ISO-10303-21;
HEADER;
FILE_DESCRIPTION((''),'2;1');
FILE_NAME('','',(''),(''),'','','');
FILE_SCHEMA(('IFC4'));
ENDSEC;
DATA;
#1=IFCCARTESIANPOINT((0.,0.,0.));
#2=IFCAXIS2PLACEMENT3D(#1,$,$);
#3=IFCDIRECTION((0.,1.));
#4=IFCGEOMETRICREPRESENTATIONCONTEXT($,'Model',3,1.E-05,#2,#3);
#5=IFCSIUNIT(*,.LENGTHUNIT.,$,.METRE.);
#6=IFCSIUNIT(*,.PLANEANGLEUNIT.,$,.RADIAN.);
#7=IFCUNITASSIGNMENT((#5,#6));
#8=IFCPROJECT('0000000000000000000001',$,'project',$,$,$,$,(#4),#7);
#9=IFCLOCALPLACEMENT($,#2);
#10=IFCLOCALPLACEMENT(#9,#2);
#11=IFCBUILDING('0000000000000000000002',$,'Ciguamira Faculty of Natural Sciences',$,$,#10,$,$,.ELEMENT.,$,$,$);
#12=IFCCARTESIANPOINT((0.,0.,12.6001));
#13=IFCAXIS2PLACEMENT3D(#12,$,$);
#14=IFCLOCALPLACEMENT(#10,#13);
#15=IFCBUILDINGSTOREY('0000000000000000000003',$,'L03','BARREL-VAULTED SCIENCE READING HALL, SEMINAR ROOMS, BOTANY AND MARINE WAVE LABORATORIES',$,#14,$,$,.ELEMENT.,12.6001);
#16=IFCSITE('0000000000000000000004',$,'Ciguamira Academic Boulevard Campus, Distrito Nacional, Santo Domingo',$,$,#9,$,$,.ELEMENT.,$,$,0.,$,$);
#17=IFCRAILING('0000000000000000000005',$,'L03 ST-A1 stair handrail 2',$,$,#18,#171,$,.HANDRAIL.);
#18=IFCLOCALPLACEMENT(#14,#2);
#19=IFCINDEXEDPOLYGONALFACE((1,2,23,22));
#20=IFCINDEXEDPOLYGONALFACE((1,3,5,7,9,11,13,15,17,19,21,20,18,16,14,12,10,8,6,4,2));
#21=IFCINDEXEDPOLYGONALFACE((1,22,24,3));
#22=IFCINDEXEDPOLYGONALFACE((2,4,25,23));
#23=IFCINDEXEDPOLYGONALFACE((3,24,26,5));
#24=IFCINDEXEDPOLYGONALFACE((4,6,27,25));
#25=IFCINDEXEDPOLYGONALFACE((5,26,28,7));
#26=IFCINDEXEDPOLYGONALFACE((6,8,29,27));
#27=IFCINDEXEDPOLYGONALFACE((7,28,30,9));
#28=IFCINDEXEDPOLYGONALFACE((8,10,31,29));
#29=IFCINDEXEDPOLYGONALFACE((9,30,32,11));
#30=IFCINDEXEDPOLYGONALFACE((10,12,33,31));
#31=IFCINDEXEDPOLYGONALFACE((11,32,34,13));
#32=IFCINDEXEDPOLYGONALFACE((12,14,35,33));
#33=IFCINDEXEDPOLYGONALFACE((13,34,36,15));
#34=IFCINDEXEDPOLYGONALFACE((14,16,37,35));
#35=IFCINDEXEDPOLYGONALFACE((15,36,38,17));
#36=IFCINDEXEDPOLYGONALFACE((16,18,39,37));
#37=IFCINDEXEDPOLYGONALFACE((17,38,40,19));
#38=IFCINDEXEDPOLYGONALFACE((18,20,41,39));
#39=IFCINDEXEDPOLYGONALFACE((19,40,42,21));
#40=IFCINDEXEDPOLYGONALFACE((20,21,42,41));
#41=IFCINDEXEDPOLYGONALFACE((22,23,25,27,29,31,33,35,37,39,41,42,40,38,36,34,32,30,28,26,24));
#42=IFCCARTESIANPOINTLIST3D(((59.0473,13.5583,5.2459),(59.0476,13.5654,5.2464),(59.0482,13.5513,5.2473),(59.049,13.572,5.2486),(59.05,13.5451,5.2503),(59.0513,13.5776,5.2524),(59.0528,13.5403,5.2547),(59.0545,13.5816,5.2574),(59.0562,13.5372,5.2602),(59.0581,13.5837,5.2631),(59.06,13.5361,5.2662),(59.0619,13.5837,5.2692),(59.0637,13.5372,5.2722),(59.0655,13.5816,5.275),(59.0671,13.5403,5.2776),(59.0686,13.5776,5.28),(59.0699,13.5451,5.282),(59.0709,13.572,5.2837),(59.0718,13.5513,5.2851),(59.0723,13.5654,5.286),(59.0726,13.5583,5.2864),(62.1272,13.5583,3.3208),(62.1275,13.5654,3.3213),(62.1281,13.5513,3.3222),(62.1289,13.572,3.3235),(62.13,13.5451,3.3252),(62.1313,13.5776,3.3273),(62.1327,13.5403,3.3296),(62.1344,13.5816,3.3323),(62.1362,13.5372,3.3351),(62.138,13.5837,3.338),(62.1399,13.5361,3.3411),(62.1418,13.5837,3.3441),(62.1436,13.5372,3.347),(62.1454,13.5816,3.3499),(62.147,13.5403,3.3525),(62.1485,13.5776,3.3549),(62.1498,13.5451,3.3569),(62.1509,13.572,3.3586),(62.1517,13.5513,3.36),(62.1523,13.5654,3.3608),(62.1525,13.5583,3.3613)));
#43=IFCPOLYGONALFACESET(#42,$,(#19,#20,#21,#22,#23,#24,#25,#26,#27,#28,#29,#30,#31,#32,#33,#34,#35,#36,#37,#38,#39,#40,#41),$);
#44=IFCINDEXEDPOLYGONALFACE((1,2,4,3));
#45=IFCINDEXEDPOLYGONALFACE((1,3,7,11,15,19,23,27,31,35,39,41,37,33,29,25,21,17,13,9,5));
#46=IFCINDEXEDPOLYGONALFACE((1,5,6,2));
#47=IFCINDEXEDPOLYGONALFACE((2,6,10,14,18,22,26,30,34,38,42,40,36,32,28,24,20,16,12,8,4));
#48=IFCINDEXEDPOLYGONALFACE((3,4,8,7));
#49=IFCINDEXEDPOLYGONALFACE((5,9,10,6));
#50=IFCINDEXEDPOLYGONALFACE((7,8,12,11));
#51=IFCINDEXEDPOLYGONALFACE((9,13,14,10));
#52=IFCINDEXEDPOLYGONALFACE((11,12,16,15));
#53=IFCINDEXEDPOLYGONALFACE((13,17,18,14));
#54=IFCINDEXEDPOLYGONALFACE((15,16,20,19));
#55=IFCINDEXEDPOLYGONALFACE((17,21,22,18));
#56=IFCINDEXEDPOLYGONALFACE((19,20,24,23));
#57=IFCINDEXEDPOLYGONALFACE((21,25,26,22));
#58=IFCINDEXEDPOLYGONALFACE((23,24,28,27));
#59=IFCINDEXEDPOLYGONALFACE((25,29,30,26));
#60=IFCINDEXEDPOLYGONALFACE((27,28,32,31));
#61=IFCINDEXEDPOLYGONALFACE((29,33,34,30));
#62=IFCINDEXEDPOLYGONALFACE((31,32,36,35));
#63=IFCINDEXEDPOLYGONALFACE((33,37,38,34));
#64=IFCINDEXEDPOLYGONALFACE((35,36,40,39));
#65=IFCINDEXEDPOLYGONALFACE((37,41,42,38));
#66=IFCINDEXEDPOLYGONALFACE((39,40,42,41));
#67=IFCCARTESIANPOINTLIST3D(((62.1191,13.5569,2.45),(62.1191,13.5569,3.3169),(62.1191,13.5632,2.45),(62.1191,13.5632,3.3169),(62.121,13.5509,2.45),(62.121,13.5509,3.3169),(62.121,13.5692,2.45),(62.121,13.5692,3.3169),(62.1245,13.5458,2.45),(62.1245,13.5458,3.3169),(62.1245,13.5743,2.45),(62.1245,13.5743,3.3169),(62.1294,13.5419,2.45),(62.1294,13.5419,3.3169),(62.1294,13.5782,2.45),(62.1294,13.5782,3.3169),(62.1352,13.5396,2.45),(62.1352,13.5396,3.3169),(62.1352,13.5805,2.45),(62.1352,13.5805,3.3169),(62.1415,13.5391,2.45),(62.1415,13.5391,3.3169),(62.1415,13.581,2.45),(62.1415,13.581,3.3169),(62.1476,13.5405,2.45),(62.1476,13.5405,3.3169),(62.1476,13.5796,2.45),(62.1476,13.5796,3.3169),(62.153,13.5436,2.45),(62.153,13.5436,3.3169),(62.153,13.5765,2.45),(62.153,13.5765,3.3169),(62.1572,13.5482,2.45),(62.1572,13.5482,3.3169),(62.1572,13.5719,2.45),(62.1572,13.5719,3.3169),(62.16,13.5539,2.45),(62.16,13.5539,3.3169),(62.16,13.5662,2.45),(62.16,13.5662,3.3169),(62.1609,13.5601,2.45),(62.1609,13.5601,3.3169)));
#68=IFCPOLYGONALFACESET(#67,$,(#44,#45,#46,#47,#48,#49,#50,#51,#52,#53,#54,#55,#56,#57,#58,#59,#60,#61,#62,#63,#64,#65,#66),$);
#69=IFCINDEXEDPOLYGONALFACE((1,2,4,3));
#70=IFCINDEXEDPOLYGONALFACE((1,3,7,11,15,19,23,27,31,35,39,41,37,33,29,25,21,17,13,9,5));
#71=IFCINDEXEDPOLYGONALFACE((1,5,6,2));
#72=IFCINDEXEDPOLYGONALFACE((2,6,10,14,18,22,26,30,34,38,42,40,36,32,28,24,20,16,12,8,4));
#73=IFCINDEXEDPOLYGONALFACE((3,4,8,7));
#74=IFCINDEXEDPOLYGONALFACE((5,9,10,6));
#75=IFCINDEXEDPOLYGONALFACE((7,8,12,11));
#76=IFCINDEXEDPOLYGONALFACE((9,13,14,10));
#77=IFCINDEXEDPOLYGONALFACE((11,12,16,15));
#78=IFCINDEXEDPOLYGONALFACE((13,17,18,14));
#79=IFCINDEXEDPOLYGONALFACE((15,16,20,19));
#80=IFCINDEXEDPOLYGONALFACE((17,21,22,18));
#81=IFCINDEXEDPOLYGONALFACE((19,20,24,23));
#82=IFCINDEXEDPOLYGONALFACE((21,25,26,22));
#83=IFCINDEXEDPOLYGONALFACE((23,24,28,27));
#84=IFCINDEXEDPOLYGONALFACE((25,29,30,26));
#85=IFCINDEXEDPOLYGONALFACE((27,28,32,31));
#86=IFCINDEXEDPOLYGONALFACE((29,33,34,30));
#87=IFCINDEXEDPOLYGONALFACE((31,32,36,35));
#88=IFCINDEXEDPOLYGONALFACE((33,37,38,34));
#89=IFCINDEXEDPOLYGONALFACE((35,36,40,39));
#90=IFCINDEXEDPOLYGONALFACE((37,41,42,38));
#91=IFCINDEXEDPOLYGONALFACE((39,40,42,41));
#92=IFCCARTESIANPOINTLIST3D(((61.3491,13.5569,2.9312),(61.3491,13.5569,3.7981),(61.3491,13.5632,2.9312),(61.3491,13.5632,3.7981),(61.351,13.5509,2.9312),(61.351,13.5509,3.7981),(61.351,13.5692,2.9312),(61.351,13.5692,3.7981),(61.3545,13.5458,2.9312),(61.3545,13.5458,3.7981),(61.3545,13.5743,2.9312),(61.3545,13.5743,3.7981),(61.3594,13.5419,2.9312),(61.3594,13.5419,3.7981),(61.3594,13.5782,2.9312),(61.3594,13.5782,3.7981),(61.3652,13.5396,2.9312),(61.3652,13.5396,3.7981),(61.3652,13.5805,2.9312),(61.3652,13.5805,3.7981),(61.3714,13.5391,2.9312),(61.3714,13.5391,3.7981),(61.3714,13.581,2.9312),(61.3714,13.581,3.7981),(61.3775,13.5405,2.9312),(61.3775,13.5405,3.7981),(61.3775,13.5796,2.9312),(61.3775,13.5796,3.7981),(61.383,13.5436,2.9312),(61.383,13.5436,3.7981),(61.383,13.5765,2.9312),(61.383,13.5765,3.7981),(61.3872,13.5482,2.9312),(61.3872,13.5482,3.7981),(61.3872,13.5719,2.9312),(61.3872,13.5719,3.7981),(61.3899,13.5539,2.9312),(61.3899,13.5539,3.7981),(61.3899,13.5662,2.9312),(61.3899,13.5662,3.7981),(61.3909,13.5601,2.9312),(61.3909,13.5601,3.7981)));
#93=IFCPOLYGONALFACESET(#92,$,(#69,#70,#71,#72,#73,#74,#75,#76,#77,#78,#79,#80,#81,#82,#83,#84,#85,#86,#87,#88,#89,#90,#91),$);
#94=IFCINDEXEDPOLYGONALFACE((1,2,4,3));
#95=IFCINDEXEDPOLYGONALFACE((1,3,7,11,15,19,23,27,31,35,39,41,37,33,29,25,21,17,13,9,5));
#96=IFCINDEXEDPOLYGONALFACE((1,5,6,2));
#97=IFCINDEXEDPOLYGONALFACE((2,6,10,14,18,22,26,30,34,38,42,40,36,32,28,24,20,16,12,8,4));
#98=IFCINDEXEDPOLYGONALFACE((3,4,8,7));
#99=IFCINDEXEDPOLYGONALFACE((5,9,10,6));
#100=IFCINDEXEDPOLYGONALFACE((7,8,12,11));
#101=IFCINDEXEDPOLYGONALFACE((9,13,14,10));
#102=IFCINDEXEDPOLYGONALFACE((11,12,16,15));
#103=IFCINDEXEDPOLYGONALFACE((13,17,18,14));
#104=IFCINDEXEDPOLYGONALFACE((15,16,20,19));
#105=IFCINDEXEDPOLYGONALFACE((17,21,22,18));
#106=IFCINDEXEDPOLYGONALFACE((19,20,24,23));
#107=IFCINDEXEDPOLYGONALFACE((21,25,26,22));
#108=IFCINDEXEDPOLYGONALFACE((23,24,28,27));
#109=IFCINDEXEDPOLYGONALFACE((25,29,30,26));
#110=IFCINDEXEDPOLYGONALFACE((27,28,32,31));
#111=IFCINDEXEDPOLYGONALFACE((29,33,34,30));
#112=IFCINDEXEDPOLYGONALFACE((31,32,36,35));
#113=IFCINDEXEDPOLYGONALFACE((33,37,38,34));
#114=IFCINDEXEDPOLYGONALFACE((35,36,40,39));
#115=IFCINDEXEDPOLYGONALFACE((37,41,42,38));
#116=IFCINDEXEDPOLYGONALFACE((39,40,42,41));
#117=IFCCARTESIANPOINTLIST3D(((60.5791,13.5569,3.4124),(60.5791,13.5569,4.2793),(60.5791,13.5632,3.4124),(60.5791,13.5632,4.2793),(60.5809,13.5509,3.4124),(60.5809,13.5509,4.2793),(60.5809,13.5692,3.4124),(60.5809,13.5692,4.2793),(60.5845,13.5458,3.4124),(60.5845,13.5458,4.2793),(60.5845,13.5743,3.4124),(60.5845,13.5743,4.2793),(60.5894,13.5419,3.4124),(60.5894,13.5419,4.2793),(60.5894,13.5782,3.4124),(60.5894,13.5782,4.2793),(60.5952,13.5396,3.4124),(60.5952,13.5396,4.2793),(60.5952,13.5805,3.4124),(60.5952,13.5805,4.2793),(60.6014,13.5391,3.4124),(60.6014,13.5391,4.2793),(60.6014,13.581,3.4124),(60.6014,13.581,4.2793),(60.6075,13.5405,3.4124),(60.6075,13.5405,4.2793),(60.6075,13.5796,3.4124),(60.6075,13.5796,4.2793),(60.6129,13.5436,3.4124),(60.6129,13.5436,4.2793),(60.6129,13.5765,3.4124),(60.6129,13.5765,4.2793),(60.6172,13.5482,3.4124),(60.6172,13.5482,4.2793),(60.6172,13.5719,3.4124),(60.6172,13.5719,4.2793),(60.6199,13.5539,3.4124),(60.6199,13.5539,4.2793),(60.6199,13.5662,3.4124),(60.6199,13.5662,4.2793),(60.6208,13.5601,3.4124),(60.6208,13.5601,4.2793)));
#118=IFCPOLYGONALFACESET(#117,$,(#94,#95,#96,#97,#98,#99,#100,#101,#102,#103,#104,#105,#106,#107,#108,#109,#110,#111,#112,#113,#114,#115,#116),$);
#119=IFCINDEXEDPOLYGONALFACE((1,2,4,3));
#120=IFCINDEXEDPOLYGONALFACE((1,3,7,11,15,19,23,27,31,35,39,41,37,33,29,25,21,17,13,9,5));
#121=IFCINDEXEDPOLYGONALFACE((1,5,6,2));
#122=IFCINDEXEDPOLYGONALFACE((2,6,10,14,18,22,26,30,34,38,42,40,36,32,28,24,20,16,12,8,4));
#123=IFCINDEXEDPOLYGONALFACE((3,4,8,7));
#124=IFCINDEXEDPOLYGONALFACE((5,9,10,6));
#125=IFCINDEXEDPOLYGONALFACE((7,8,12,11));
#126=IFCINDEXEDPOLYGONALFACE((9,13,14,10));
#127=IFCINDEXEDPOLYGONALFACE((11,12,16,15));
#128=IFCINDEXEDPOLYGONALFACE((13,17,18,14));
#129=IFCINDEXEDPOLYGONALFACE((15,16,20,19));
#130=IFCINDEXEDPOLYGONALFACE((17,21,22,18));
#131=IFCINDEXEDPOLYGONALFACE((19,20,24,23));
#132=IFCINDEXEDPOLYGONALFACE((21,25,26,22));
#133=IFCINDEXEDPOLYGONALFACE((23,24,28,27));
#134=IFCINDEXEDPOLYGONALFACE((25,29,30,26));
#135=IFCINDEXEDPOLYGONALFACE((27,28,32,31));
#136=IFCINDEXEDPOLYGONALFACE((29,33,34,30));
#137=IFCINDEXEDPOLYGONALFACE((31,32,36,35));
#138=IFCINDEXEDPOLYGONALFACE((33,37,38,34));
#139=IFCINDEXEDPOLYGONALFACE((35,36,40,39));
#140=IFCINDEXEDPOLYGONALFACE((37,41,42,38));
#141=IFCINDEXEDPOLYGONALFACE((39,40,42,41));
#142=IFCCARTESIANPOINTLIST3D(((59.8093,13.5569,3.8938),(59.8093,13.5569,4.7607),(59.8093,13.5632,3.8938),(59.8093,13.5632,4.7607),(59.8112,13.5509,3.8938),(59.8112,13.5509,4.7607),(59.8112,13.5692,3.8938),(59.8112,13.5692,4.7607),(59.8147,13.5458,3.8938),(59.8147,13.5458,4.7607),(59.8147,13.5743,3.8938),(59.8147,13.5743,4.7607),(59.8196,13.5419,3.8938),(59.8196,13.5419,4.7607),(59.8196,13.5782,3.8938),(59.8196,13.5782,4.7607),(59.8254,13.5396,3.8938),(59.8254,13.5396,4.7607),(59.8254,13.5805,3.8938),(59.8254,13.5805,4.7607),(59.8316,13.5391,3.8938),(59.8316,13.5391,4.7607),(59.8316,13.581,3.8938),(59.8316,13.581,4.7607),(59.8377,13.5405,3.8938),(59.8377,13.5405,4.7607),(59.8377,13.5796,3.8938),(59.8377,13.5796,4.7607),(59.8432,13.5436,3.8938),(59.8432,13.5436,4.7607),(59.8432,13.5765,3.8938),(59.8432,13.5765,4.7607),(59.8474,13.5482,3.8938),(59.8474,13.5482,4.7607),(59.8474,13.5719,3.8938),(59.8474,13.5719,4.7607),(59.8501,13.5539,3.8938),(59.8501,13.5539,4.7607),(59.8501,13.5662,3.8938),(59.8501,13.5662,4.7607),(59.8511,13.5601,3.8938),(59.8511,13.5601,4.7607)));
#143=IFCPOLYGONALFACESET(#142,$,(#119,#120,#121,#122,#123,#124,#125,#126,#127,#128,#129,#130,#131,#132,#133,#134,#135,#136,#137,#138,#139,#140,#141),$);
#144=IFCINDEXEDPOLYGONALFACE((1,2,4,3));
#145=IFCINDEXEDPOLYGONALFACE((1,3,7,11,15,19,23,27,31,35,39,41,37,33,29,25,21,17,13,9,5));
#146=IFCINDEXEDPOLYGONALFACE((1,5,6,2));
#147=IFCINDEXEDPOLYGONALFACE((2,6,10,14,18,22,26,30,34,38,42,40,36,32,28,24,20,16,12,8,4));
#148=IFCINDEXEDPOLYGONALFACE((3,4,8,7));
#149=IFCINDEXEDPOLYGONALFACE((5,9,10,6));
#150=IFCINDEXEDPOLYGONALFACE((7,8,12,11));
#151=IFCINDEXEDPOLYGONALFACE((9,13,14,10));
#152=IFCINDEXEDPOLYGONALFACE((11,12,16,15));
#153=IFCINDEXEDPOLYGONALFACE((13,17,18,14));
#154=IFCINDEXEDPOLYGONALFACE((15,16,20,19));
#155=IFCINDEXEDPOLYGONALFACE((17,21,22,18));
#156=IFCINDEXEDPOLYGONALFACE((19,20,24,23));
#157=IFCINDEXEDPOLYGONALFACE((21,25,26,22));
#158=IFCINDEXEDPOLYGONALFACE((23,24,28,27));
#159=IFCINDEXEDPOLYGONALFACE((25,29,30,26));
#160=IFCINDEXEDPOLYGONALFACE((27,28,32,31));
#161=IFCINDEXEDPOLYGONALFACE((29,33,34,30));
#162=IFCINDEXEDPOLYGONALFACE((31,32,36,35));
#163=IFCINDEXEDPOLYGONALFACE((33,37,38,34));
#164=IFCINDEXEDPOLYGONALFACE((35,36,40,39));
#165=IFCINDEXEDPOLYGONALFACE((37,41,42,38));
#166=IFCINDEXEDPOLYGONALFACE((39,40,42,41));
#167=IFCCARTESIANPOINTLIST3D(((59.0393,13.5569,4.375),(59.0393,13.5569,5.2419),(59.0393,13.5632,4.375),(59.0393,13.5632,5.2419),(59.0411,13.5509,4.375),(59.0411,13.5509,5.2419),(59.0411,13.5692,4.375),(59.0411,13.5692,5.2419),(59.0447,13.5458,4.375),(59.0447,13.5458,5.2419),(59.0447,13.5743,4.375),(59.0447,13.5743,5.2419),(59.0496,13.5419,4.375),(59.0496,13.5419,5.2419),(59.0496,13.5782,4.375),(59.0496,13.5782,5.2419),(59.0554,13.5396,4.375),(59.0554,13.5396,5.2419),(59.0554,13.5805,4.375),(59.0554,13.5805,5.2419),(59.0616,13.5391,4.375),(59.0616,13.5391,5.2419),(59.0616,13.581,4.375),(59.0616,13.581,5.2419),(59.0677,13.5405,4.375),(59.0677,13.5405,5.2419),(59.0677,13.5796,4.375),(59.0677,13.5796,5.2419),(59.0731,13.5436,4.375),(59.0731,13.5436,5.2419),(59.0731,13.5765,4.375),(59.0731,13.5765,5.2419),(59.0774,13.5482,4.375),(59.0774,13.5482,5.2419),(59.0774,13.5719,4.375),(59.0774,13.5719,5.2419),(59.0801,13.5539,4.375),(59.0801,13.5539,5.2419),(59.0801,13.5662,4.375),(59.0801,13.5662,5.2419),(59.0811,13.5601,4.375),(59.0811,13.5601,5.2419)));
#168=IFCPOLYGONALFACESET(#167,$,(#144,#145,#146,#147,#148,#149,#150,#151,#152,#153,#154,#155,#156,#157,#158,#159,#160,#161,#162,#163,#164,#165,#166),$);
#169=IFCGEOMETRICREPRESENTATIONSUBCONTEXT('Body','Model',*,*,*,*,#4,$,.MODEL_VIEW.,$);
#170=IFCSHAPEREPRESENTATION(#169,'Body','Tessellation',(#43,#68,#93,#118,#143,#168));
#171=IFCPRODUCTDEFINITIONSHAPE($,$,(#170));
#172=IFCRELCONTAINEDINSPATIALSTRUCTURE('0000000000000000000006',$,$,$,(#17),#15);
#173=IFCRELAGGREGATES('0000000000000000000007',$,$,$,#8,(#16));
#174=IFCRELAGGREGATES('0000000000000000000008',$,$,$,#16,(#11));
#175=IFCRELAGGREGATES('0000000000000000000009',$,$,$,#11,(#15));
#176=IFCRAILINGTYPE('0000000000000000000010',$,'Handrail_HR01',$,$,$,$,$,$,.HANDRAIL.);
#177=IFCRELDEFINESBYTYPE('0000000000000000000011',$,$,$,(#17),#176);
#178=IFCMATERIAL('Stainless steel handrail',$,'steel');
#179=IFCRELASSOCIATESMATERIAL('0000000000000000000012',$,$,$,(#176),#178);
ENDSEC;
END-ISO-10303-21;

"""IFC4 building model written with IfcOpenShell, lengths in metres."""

from ifc_helpers import new_model, si_unit, direction, frame, origin, origin_2d, place, context, subcontext, project, spatial, circle, extrude, material, type_object, element, save


model = new_model("IFC4")

# Units and contexts
model_context = context("Model", 3, precision=1e-05, world=origin(), true_north=direction((0.0, 1.0)))
body_context = subcontext(model_context, "Body", "Model", "MODEL_VIEW")
ifc_project = project(units=[si_unit("LENGTHUNIT", "METRE"), si_unit("PLANEANGLEUNIT", "RADIAN")], contexts=[model_context])

# Site, building, storey
site_placement = place(None, origin())
site = spatial("IfcSite", under=ifc_project, at=site_placement, Name="Ciguamira Academic Boulevard Campus, Distrito Nacional, Santo Domingo", CompositionType="ELEMENT", RefElevation=0.0)
building_placement = place(site_placement, origin())
building = spatial("IfcBuilding", under=site, at=building_placement, Name="Ciguamira Faculty of Natural Sciences", CompositionType="ELEMENT")
storey_placement = place(building_placement, frame((0.0, 0.0, 12.6001)))
storey = spatial("IfcBuildingStorey", under=building, at=storey_placement, Name="L03", Description="BARREL-VAULTED SCIENCE READING HALL, SEMINAR ROOMS, BOTANY AND MARINE WAVE LABORATORIES", CompositionType="ELEMENT", Elevation=12.6001)

# Railing
ifc_material_1 = material(Name="Stainless steel handrail", Category="steel")
railing_type_1 = type_object("IfcRailingType", Name="Handrail_HR01", PredefinedType="HANDRAIL", material=ifc_material_1)
railing_1_placement = place(storey_placement, frame((62.1399, 13.5601, 2.45)))
element("IfcRailing", 1, at=railing_1_placement, inside=storey, type_object=railing_type_1, Name="L03 ST-A1 stair handrail 2", PredefinedType="HANDRAIL", context=body_context, shape_type="SweptSolid", body=[
    extrude(circle(Radius=0.0239, at=origin_2d()), frame((0.0, 0.0, 0.8911), z_axis=(-0.847979, 0.0, 0.530029), x_axis=(0.0, -1.0, 0.0)), (0.0, 0.0, 1.0), 3.6321),
    extrude(circle(Radius=0.021, at=origin_2d()), origin(), (0.0, 0.0, 1.0), 0.8669),
    extrude(circle(Radius=0.021, at=origin_2d()), frame((-0.77, 0.0, 0.4812)), (0.0, 0.0, 1.0), 0.8669),
    extrude(circle(Radius=0.021, at=origin_2d()), frame((-1.54, 0.0, 0.9624)), (0.0, 0.0, 1.0), 0.8669),
    extrude(circle(Radius=0.021, at=origin_2d()), frame((-2.3098, 0.0, 1.4438)), (0.0, 0.0, 1.0), 0.8669),
    extrude(circle(Radius=0.021, at=origin_2d()), frame((-3.0798, 0.0, 1.925)), (0.0, 0.0, 1.0), 0.8669),
])

save(model, "model.ifc")
